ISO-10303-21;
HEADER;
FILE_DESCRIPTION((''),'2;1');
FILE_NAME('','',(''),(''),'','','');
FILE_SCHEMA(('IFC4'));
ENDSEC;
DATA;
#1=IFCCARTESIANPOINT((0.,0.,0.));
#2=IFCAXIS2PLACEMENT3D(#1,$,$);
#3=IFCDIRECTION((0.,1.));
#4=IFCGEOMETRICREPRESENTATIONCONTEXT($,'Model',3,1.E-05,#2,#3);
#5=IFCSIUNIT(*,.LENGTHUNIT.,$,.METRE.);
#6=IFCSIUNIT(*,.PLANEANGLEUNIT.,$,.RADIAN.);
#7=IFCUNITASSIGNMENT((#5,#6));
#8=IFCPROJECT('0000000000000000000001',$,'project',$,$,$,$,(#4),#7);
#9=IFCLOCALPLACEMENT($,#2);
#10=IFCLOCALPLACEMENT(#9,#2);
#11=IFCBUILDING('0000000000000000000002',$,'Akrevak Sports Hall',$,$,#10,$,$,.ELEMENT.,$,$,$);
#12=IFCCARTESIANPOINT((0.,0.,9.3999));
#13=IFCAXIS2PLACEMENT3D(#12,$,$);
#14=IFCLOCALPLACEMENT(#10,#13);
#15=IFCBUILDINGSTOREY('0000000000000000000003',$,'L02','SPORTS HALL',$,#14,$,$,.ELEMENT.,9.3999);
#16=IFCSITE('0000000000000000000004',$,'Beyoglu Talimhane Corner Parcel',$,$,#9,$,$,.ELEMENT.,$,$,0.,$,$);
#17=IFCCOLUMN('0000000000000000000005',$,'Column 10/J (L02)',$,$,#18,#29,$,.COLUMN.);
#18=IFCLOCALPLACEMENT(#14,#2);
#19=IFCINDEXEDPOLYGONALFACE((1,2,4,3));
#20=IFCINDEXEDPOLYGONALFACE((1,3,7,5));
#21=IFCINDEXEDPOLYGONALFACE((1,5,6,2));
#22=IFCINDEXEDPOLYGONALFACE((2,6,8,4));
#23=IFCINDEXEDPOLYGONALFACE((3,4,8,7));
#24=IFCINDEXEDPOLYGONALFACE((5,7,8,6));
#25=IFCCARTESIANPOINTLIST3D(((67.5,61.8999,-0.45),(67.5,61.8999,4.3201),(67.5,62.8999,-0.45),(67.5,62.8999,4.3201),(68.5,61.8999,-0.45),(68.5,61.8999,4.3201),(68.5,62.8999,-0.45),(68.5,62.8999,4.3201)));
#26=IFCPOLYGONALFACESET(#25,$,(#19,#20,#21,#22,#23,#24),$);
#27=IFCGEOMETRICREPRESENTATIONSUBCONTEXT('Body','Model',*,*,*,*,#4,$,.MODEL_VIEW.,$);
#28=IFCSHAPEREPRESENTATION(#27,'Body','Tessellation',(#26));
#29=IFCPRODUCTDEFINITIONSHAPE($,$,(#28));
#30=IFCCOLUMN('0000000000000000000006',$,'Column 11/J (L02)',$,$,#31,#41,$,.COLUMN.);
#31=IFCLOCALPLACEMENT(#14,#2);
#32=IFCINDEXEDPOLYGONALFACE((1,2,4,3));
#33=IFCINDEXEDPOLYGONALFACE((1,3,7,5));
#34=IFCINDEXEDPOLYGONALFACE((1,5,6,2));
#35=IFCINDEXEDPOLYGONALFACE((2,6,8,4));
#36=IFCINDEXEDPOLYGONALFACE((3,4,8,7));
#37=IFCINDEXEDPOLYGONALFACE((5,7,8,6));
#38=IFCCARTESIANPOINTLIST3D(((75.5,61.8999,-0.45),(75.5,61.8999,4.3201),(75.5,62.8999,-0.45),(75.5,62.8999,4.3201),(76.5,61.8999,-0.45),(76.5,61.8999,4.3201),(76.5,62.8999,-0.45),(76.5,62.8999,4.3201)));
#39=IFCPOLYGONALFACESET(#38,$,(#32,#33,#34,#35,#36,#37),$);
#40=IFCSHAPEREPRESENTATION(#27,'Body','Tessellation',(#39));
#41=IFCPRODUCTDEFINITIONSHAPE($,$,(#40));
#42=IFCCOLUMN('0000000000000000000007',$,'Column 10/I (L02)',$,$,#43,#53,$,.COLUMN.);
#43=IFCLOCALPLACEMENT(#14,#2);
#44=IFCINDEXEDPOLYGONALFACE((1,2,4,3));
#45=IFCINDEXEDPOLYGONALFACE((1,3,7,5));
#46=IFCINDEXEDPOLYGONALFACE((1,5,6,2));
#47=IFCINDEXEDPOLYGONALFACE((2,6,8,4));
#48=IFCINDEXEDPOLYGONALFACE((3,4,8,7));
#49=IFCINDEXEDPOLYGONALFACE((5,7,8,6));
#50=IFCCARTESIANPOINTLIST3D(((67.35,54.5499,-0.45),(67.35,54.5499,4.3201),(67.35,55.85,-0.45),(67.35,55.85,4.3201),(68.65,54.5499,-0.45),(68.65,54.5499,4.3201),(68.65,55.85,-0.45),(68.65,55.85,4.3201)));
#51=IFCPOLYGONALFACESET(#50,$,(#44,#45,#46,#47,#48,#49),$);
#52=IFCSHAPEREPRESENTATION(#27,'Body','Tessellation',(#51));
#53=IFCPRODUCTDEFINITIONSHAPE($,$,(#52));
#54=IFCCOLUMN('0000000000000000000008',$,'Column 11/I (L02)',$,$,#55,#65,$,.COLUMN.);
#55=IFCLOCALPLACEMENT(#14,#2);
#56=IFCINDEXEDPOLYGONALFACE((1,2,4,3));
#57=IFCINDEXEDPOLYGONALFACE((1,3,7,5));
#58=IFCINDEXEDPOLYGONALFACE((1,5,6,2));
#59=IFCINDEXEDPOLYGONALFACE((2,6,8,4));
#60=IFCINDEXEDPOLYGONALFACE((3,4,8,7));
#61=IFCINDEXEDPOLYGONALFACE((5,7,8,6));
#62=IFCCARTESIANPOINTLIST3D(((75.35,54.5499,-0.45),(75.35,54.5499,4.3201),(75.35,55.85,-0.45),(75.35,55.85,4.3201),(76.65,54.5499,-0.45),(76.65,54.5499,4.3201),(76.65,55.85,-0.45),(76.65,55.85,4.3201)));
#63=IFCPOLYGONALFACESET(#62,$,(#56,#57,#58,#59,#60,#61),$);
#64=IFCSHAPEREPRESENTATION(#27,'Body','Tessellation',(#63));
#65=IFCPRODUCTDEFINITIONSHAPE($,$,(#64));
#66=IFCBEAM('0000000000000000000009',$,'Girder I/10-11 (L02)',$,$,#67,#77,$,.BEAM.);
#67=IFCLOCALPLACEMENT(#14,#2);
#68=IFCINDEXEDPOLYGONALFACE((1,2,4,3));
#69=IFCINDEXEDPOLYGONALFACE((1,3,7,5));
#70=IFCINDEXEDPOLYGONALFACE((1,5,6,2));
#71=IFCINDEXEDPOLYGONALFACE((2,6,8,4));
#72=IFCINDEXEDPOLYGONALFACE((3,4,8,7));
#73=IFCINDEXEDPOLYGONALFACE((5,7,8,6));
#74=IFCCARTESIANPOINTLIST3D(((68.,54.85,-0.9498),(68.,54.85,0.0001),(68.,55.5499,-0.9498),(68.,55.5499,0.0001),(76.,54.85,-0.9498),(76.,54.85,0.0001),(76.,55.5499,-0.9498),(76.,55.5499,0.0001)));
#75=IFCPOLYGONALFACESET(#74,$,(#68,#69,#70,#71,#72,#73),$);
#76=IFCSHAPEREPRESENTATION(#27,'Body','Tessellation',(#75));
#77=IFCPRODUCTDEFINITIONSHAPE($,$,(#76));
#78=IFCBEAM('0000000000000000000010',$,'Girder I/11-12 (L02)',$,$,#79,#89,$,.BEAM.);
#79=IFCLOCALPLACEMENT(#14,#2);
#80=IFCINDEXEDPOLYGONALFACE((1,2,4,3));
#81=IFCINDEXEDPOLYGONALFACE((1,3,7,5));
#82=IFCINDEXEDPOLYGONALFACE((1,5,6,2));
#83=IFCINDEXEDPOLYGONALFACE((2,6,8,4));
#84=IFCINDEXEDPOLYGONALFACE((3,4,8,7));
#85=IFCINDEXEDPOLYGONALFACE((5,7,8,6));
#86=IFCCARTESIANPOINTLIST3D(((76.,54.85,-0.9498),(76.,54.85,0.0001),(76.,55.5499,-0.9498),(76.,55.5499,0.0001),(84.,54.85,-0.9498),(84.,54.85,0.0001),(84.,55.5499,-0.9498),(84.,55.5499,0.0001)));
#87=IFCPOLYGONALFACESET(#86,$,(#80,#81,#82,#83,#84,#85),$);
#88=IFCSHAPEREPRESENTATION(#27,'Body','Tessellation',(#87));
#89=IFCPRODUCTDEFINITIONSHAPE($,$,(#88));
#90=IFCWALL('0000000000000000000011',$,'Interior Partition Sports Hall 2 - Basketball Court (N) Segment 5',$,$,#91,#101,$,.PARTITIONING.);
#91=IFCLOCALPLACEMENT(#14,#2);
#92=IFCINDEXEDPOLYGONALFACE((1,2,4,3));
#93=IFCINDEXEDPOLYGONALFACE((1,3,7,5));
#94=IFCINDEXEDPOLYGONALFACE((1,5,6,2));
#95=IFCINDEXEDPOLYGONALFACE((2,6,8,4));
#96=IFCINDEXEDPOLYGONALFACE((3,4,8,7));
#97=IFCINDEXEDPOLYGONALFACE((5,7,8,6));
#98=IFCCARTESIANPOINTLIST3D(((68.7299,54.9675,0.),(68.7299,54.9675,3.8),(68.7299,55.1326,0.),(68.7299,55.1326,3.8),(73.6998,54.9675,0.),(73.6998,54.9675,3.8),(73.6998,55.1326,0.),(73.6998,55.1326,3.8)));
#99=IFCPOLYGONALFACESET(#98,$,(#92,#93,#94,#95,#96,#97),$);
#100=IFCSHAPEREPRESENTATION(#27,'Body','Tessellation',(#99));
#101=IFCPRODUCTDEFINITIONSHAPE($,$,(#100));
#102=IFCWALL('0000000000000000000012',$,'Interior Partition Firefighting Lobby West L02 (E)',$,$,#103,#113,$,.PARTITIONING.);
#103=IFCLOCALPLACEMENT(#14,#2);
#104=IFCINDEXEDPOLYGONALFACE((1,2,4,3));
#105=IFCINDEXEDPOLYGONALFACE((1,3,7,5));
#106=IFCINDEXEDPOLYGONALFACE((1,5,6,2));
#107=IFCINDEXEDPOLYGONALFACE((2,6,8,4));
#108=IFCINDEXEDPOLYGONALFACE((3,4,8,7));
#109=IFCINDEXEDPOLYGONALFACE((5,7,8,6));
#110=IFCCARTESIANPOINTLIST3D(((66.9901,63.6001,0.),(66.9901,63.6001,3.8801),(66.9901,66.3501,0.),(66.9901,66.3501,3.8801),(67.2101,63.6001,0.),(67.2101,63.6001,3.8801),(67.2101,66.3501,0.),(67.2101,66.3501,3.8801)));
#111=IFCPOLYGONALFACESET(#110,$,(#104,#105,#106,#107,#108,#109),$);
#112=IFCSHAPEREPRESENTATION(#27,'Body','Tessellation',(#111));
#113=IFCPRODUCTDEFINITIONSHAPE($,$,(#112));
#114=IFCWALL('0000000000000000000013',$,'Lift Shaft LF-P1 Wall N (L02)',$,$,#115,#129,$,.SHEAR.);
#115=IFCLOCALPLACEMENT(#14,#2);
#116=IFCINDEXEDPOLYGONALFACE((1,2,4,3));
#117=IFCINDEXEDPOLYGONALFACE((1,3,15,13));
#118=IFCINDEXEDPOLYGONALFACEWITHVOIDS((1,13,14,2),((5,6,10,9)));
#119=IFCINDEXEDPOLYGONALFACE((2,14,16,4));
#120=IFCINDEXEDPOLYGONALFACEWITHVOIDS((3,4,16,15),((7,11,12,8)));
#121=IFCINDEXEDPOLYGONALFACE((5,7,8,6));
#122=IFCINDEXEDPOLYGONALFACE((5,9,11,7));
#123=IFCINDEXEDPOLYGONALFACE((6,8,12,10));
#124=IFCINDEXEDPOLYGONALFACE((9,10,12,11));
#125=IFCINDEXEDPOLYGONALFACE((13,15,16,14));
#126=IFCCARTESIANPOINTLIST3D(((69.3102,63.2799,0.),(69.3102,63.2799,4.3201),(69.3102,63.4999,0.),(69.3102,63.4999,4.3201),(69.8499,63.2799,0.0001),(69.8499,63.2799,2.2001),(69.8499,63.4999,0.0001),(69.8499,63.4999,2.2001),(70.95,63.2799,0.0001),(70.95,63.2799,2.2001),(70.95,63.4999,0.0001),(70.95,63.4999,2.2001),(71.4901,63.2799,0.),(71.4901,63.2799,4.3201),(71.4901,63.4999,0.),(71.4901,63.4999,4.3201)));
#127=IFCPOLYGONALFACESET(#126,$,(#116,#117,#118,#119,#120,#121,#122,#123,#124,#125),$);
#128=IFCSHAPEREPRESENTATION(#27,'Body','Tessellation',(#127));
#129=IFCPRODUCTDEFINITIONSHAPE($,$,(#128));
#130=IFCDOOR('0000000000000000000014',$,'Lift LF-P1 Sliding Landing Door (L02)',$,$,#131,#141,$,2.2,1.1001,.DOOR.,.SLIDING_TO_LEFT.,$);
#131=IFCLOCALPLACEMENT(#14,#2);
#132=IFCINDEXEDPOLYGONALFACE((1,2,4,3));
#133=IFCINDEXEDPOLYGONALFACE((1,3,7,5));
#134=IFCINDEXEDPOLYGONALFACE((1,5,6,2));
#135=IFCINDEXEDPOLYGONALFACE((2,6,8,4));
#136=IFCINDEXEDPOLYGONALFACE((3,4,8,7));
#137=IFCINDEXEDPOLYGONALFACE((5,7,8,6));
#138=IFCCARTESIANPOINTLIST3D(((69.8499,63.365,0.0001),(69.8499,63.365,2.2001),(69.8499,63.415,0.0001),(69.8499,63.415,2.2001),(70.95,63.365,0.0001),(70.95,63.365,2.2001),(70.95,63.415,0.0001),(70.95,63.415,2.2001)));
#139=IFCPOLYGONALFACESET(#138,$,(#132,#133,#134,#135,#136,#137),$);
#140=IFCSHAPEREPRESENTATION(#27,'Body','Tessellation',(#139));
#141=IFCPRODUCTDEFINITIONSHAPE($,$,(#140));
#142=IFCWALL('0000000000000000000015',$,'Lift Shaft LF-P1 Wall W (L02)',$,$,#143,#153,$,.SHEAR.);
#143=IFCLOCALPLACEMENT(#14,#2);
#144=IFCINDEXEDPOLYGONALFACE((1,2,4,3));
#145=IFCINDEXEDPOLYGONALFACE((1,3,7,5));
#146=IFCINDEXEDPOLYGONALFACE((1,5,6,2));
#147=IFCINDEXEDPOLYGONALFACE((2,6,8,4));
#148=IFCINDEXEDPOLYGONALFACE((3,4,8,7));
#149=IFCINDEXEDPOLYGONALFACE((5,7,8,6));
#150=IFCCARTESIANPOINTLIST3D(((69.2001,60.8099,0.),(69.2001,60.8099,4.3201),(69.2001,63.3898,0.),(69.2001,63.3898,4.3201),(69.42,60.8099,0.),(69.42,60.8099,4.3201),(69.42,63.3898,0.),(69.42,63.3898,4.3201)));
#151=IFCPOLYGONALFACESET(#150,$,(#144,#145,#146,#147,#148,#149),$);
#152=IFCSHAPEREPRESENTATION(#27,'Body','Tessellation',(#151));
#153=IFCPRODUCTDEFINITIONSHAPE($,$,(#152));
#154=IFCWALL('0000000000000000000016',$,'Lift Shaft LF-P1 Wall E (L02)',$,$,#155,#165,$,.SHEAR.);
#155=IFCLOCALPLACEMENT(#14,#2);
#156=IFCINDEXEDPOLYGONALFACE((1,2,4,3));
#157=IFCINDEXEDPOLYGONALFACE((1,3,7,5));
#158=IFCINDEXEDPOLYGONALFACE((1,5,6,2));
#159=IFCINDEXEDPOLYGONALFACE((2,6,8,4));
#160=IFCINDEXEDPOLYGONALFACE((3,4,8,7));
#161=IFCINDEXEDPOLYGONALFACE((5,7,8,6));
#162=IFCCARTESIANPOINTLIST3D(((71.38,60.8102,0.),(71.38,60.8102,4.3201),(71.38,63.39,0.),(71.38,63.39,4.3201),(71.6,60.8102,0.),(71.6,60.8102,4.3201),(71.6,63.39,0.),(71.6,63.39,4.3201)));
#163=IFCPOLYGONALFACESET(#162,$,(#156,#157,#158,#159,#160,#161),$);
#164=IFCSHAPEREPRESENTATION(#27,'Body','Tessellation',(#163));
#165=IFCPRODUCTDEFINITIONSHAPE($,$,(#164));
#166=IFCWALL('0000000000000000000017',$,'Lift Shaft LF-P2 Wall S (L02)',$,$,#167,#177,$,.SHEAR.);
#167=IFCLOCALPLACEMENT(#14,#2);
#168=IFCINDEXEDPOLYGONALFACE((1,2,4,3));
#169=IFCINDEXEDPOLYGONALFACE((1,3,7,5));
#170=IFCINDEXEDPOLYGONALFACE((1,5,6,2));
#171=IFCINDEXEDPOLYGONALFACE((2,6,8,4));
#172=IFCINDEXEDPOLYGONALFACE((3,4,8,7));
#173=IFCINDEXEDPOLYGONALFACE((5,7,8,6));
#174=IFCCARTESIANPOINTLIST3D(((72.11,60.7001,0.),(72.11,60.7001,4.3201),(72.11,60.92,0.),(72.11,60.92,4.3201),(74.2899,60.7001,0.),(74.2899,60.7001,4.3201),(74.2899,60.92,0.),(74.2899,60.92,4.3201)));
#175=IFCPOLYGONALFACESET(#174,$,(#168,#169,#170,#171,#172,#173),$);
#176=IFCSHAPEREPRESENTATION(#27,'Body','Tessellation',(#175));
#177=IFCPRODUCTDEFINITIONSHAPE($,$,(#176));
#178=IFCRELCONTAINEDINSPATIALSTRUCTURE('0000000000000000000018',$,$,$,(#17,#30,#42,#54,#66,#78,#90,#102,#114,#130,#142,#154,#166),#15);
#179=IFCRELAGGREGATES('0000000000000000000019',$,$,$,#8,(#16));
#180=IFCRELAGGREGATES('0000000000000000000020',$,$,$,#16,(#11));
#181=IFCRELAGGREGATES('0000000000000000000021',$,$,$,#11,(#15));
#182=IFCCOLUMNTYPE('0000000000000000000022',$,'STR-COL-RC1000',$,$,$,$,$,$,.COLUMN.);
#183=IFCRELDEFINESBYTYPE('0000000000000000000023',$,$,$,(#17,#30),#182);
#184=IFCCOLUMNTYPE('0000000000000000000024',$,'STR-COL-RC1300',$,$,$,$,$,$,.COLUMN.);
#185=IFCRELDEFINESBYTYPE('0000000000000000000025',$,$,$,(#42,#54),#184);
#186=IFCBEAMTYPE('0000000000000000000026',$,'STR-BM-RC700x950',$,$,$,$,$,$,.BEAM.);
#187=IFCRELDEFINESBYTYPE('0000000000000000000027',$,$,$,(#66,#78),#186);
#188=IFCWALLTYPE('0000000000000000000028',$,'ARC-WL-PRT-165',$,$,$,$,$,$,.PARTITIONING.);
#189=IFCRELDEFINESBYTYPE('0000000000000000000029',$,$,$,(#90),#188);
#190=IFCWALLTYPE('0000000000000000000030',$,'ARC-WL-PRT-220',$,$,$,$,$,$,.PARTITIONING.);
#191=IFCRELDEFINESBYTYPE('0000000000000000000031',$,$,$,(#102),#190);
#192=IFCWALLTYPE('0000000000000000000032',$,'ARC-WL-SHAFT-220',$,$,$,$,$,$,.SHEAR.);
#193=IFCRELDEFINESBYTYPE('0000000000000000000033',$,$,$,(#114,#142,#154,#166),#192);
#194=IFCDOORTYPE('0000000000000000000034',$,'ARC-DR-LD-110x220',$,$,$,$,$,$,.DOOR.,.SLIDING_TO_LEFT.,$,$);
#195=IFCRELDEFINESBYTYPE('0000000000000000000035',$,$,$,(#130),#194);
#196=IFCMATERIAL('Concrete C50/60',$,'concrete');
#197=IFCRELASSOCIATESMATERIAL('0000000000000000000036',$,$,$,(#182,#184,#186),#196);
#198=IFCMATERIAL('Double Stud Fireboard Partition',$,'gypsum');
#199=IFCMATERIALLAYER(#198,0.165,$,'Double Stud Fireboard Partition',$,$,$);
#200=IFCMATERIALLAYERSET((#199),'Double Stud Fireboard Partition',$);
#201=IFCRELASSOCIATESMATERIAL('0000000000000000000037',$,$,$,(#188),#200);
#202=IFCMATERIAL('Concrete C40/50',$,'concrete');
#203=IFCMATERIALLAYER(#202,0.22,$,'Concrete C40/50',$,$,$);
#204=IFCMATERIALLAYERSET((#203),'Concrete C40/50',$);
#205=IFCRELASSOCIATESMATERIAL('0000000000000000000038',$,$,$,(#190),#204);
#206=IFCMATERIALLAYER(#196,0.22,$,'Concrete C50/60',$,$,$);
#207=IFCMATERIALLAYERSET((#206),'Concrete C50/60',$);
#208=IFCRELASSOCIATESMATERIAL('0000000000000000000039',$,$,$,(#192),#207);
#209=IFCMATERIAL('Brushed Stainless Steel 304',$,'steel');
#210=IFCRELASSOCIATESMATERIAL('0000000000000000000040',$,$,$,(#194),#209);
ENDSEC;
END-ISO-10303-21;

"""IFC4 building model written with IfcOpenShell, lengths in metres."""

from ifc_helpers import new_model, si_unit, direction, frame, frame_2d, origin, origin_2d, place, context, subcontext, project, spatial, rectangle, extrude, material, layer, layer_set, material_profile, profile_set, type_object, element, fill, save


model = new_model("IFC4")

# Units and contexts
model_context = context("Model", 3, precision=1e-05, world=origin(), true_north=direction((0.0, 1.0)))
body_context = subcontext(model_context, "Body", "Model", "MODEL_VIEW")
ifc_project = project(units=[si_unit("LENGTHUNIT", "METRE"), si_unit("PLANEANGLEUNIT", "RADIAN")], contexts=[model_context])

# Site, building, storey
site_placement = place(None, origin())
site = spatial("IfcSite", under=ifc_project, at=site_placement, Name="Beyoglu Talimhane Corner Parcel", CompositionType="ELEMENT", RefElevation=0.0)
building_placement = place(site_placement, origin())
building = spatial("IfcBuilding", under=site, at=building_placement, Name="Akrevak Sports Hall", CompositionType="ELEMENT")
storey_placement = place(building_placement, frame((0.0, 0.0, 9.3999)))
storey = spatial("IfcBuildingStorey", under=building, at=storey_placement, Name="L02", Description="SPORTS HALL", CompositionType="ELEMENT", Elevation=9.3999)

# Columns
ifc_material_1 = material(Name="Concrete C50/60", Category="concrete")
ifc_material_profile_1 = material_profile(ifc_material_1, rectangle(XDim=1.0, YDim=1.0, at=origin_2d()), Name="RC 1000x1000", Category="concrete")
ifc_profile_set_1 = profile_set([ifc_material_profile_1], Name="Concrete C50/60")
column_type_1 = type_object("IfcColumnType", Name="STR-COL-RC1000", PredefinedType="COLUMN", material=ifc_profile_set_1)
for number, where, z_axis, x_axis, name in (
    (1, (68.0, 62.3999, -0.45), (0.0, 0.0, 1.0), (1.0, 0.0, 0.0), "Column 10/J (L02)"),
    (2, (76.0, 62.3999, -0.45), (0.0, 0.0, 1.0), (1.0, 0.0, 0.0), "Column 11/J (L02)"),
):
    element("IfcColumn", number, at=place(storey_placement, frame(where, z_axis=z_axis, x_axis=x_axis)), inside=storey, type_object=column_type_1, Name=name, PredefinedType="COLUMN", context=body_context, shape_type="SweptSolid", body=[
        extrude(rectangle(XDim=1.0, YDim=1.0, at=origin_2d()), origin(), (0.0, 0.0, 1.0), 4.77),
    ])
ifc_material_profile_2 = material_profile(ifc_material_1, rectangle(XDim=1.3, YDim=1.3, at=origin_2d()), Name="RC 1300x1300", Category="concrete")
ifc_profile_set_2 = profile_set([ifc_material_profile_2], Name="Concrete C50/60")
column_type_2 = type_object("IfcColumnType", Name="STR-COL-RC1300", PredefinedType="COLUMN", material=ifc_profile_set_2)
for number, where, z_axis, x_axis, name in (
    (3, (68.0, 55.2, -0.45), (0.0, 0.0, 1.0), (1.0, 0.0, 0.0), "Column 10/I (L02)"),
    (4, (76.0, 55.2, -0.45), (0.0, 0.0, 1.0), (1.0, 0.0, 0.0), "Column 11/I (L02)"),
):
    element("IfcColumn", number, at=place(storey_placement, frame(where, z_axis=z_axis, x_axis=x_axis)), inside=storey, type_object=column_type_2, Name=name, PredefinedType="COLUMN", context=body_context, shape_type="SweptSolid", body=[
        extrude(rectangle(XDim=1.3, YDim=1.3, at=origin_2d()), origin(), (0.0, 0.0, 1.0), 4.77),
    ])

# Beams
ifc_material_profile_3 = material_profile(ifc_material_1, rectangle(XDim=0.7, YDim=0.95, at=origin_2d()), Name="BM 700x950", Category="concrete")
ifc_profile_set_3 = profile_set([ifc_material_profile_3], Name="Concrete C50/60")
beam_type = type_object("IfcBeamType", Name="STR-BM-RC700x950", PredefinedType="BEAM", material=ifc_profile_set_3)
for number, where, z_axis, x_axis, name in (
    (5, (68.0, 55.2, -0.4749), (1.0, 0.0, 0.0), (0.0, 1.0, 0.0), "Girder I/10-11 (L02)"),
    (6, (76.0, 55.2, -0.4749), (1.0, 0.0, 0.0), (0.0, 1.0, 0.0), "Girder I/11-12 (L02)"),
):
    element("IfcBeam", number, at=place(storey_placement, frame(where, z_axis=z_axis, x_axis=x_axis)), inside=storey, type_object=beam_type, Name=name, PredefinedType="BEAM", context=body_context, shape_type="SweptSolid", body=[
        extrude(rectangle(XDim=0.7, YDim=0.95, at=origin_2d()), origin(), (0.0, 0.0, 1.0), 8.0),
    ])

# Walls
ifc_material_2 = material(Name="Double Stud Fireboard Partition", Category="gypsum")
ifc_layer_1 = layer(ifc_material_2, 0.165, Name="Double Stud Fireboard Partition")
ifc_layer_set_1 = layer_set([ifc_layer_1], Name="Double Stud Fireboard Partition")
wall_type_1 = type_object("IfcWallType", Name="ARC-WL-PRT-165", PredefinedType="PARTITIONING", material=ifc_layer_set_1)
wall_1_placement = place(storey_placement, frame((68.73, 55.05, 0.0), z_axis=(0.0, 0.0, 1.0), x_axis=(1.0, 0.0, 0.0)))
element("IfcWall", 7, at=wall_1_placement, inside=storey, type_object=wall_type_1, Name="Interior Partition Sports Hall 2 - Basketball Court (N) Segment 5", PredefinedType="PARTITIONING", context=body_context, shape_type="SweptSolid", body=[
    extrude(rectangle(XDim=4.97, YDim=0.165, at=frame_2d((2.4849, 0.0))), origin(), (0.0, 0.0, 1.0), 3.8),
])
ifc_material_3 = material(Name="Concrete C40/50", Category="concrete")
ifc_layer_2 = layer(ifc_material_3, 0.22, Name="Concrete C40/50")
ifc_layer_set_2 = layer_set([ifc_layer_2], Name="Concrete C40/50")
wall_type_2 = type_object("IfcWallType", Name="ARC-WL-PRT-220", PredefinedType="PARTITIONING", material=ifc_layer_set_2)
wall_2_placement = place(storey_placement, frame((67.1001, 63.6001, 0.0), z_axis=(0.0, 0.0, 1.0), x_axis=(0.0, 1.0, 0.0)))
element("IfcWall", 8, at=wall_2_placement, inside=storey, type_object=wall_type_2, Name="Interior Partition Firefighting Lobby West L02 (E)", PredefinedType="PARTITIONING", context=body_context, shape_type="SweptSolid", body=[
    extrude(rectangle(XDim=2.75, YDim=0.22, at=frame_2d((1.375, 0.0))), origin(), (0.0, 0.0, 1.0), 3.8801),
])
ifc_layer_3 = layer(ifc_material_1, 0.22, Name="Concrete C50/60")
ifc_layer_set_3 = layer_set([ifc_layer_3], Name="Concrete C50/60")
wall_type_3 = type_object("IfcWallType", Name="ARC-WL-SHAFT-220", PredefinedType="SHEAR", material=ifc_layer_set_3)

# Wall, opening, door
wall_3_placement = place(storey_placement, frame((71.49, 63.3899, 0.0), z_axis=(0.0, 0.0, 1.0), x_axis=(-1.0, 0.0, 0.0)))
wall_3 = element("IfcWall", 9, at=wall_3_placement, inside=storey, type_object=wall_type_3, Name="Lift Shaft LF-P1 Wall N (L02)", PredefinedType="SHEAR", context=body_context, shape_type="SweptSolid", body=[
    extrude(rectangle(XDim=2.1799, YDim=0.22, at=frame_2d((1.0898, 0.0))), origin(), (0.0, 0.0, 1.0), 4.3201),
])
opening_1_placement = place(wall_3_placement, frame((0.54, 0.0, 0.0)))
opening_1 = element("IfcOpeningElement", 10, at=opening_1_placement, cuts=wall_3, PredefinedType="OPENING", context=body_context, shape_type="SweptSolid", body=[
    extrude(rectangle(XDim=1.1001, YDim=2.2, at=frame_2d((0.55, 1.1001))), frame((0.0, 0.1221, 0.0), z_axis=(0.0, -1.0, 0.0), x_axis=(1.0, 0.0, 0.0)), (0.0, 0.0, 1.0), 0.2439),
])
ifc_material_4 = material(Name="Brushed Stainless Steel 304", Category="steel")
door_type_1 = type_object("IfcDoorType", Name="ARC-DR-LD-110x220", OperationType="SLIDING_TO_LEFT", PredefinedType="DOOR", material=ifc_material_4)
door_1_placement = place(opening_1_placement, origin())
door_1 = element("IfcDoor", 11, at=door_1_placement, inside=storey, type_object=door_type_1, Name="Lift LF-P1 Sliding Landing Door (L02)", OperationType="SLIDING_TO_LEFT", OverallHeight=2.2, OverallWidth=1.1001, PredefinedType="DOOR", context=body_context, shape_type="SweptSolid", body=[
    extrude(rectangle(XDim=1.1001, YDim=2.2, at=frame_2d((0.55, 1.1001))), frame((0.0, 0.0249, 0.0), z_axis=(0.0, -1.0, 0.0), x_axis=(1.0, 0.0, 0.0)), (0.0, 0.0, 1.0), 0.05),
])
fill(opening_1, door_1)

# Walls
for number, where, z_axis, x_axis, name in (
    (12, (69.3101, 63.3899, 0.0), (0.0, 0.0, 1.0), (0.0, -1.0, 0.0), "Lift Shaft LF-P1 Wall W (L02)"),
    (13, (71.49, 60.8101, 0.0), (0.0, 0.0, 1.0), (0.0, 1.0, 0.0), "Lift Shaft LF-P1 Wall E (L02)"),
):
    element("IfcWall", number, at=place(storey_placement, frame(where, z_axis=z_axis, x_axis=x_axis)), inside=storey, type_object=wall_type_3, Name=name, PredefinedType="SHEAR", context=body_context, shape_type="SweptSolid", body=[
        extrude(rectangle(XDim=2.5798, YDim=0.22, at=frame_2d((1.29, 0.0))), origin(), (0.0, 0.0, 1.0), 4.3201),
    ])
wall_4_placement = place(storey_placement, frame((72.1101, 60.8101, 0.0), z_axis=(0.0, 0.0, 1.0), x_axis=(1.0, 0.0, 0.0)))
element("IfcWall", 14, at=wall_4_placement, inside=storey, type_object=wall_type_3, Name="Lift Shaft LF-P2 Wall S (L02)", PredefinedType="SHEAR", context=body_context, shape_type="SweptSolid", body=[
    extrude(rectangle(XDim=2.1799, YDim=0.22, at=frame_2d((1.0898, 0.0))), origin(), (0.0, 0.0, 1.0), 4.3201),
])

save(model, "model.ifc")
